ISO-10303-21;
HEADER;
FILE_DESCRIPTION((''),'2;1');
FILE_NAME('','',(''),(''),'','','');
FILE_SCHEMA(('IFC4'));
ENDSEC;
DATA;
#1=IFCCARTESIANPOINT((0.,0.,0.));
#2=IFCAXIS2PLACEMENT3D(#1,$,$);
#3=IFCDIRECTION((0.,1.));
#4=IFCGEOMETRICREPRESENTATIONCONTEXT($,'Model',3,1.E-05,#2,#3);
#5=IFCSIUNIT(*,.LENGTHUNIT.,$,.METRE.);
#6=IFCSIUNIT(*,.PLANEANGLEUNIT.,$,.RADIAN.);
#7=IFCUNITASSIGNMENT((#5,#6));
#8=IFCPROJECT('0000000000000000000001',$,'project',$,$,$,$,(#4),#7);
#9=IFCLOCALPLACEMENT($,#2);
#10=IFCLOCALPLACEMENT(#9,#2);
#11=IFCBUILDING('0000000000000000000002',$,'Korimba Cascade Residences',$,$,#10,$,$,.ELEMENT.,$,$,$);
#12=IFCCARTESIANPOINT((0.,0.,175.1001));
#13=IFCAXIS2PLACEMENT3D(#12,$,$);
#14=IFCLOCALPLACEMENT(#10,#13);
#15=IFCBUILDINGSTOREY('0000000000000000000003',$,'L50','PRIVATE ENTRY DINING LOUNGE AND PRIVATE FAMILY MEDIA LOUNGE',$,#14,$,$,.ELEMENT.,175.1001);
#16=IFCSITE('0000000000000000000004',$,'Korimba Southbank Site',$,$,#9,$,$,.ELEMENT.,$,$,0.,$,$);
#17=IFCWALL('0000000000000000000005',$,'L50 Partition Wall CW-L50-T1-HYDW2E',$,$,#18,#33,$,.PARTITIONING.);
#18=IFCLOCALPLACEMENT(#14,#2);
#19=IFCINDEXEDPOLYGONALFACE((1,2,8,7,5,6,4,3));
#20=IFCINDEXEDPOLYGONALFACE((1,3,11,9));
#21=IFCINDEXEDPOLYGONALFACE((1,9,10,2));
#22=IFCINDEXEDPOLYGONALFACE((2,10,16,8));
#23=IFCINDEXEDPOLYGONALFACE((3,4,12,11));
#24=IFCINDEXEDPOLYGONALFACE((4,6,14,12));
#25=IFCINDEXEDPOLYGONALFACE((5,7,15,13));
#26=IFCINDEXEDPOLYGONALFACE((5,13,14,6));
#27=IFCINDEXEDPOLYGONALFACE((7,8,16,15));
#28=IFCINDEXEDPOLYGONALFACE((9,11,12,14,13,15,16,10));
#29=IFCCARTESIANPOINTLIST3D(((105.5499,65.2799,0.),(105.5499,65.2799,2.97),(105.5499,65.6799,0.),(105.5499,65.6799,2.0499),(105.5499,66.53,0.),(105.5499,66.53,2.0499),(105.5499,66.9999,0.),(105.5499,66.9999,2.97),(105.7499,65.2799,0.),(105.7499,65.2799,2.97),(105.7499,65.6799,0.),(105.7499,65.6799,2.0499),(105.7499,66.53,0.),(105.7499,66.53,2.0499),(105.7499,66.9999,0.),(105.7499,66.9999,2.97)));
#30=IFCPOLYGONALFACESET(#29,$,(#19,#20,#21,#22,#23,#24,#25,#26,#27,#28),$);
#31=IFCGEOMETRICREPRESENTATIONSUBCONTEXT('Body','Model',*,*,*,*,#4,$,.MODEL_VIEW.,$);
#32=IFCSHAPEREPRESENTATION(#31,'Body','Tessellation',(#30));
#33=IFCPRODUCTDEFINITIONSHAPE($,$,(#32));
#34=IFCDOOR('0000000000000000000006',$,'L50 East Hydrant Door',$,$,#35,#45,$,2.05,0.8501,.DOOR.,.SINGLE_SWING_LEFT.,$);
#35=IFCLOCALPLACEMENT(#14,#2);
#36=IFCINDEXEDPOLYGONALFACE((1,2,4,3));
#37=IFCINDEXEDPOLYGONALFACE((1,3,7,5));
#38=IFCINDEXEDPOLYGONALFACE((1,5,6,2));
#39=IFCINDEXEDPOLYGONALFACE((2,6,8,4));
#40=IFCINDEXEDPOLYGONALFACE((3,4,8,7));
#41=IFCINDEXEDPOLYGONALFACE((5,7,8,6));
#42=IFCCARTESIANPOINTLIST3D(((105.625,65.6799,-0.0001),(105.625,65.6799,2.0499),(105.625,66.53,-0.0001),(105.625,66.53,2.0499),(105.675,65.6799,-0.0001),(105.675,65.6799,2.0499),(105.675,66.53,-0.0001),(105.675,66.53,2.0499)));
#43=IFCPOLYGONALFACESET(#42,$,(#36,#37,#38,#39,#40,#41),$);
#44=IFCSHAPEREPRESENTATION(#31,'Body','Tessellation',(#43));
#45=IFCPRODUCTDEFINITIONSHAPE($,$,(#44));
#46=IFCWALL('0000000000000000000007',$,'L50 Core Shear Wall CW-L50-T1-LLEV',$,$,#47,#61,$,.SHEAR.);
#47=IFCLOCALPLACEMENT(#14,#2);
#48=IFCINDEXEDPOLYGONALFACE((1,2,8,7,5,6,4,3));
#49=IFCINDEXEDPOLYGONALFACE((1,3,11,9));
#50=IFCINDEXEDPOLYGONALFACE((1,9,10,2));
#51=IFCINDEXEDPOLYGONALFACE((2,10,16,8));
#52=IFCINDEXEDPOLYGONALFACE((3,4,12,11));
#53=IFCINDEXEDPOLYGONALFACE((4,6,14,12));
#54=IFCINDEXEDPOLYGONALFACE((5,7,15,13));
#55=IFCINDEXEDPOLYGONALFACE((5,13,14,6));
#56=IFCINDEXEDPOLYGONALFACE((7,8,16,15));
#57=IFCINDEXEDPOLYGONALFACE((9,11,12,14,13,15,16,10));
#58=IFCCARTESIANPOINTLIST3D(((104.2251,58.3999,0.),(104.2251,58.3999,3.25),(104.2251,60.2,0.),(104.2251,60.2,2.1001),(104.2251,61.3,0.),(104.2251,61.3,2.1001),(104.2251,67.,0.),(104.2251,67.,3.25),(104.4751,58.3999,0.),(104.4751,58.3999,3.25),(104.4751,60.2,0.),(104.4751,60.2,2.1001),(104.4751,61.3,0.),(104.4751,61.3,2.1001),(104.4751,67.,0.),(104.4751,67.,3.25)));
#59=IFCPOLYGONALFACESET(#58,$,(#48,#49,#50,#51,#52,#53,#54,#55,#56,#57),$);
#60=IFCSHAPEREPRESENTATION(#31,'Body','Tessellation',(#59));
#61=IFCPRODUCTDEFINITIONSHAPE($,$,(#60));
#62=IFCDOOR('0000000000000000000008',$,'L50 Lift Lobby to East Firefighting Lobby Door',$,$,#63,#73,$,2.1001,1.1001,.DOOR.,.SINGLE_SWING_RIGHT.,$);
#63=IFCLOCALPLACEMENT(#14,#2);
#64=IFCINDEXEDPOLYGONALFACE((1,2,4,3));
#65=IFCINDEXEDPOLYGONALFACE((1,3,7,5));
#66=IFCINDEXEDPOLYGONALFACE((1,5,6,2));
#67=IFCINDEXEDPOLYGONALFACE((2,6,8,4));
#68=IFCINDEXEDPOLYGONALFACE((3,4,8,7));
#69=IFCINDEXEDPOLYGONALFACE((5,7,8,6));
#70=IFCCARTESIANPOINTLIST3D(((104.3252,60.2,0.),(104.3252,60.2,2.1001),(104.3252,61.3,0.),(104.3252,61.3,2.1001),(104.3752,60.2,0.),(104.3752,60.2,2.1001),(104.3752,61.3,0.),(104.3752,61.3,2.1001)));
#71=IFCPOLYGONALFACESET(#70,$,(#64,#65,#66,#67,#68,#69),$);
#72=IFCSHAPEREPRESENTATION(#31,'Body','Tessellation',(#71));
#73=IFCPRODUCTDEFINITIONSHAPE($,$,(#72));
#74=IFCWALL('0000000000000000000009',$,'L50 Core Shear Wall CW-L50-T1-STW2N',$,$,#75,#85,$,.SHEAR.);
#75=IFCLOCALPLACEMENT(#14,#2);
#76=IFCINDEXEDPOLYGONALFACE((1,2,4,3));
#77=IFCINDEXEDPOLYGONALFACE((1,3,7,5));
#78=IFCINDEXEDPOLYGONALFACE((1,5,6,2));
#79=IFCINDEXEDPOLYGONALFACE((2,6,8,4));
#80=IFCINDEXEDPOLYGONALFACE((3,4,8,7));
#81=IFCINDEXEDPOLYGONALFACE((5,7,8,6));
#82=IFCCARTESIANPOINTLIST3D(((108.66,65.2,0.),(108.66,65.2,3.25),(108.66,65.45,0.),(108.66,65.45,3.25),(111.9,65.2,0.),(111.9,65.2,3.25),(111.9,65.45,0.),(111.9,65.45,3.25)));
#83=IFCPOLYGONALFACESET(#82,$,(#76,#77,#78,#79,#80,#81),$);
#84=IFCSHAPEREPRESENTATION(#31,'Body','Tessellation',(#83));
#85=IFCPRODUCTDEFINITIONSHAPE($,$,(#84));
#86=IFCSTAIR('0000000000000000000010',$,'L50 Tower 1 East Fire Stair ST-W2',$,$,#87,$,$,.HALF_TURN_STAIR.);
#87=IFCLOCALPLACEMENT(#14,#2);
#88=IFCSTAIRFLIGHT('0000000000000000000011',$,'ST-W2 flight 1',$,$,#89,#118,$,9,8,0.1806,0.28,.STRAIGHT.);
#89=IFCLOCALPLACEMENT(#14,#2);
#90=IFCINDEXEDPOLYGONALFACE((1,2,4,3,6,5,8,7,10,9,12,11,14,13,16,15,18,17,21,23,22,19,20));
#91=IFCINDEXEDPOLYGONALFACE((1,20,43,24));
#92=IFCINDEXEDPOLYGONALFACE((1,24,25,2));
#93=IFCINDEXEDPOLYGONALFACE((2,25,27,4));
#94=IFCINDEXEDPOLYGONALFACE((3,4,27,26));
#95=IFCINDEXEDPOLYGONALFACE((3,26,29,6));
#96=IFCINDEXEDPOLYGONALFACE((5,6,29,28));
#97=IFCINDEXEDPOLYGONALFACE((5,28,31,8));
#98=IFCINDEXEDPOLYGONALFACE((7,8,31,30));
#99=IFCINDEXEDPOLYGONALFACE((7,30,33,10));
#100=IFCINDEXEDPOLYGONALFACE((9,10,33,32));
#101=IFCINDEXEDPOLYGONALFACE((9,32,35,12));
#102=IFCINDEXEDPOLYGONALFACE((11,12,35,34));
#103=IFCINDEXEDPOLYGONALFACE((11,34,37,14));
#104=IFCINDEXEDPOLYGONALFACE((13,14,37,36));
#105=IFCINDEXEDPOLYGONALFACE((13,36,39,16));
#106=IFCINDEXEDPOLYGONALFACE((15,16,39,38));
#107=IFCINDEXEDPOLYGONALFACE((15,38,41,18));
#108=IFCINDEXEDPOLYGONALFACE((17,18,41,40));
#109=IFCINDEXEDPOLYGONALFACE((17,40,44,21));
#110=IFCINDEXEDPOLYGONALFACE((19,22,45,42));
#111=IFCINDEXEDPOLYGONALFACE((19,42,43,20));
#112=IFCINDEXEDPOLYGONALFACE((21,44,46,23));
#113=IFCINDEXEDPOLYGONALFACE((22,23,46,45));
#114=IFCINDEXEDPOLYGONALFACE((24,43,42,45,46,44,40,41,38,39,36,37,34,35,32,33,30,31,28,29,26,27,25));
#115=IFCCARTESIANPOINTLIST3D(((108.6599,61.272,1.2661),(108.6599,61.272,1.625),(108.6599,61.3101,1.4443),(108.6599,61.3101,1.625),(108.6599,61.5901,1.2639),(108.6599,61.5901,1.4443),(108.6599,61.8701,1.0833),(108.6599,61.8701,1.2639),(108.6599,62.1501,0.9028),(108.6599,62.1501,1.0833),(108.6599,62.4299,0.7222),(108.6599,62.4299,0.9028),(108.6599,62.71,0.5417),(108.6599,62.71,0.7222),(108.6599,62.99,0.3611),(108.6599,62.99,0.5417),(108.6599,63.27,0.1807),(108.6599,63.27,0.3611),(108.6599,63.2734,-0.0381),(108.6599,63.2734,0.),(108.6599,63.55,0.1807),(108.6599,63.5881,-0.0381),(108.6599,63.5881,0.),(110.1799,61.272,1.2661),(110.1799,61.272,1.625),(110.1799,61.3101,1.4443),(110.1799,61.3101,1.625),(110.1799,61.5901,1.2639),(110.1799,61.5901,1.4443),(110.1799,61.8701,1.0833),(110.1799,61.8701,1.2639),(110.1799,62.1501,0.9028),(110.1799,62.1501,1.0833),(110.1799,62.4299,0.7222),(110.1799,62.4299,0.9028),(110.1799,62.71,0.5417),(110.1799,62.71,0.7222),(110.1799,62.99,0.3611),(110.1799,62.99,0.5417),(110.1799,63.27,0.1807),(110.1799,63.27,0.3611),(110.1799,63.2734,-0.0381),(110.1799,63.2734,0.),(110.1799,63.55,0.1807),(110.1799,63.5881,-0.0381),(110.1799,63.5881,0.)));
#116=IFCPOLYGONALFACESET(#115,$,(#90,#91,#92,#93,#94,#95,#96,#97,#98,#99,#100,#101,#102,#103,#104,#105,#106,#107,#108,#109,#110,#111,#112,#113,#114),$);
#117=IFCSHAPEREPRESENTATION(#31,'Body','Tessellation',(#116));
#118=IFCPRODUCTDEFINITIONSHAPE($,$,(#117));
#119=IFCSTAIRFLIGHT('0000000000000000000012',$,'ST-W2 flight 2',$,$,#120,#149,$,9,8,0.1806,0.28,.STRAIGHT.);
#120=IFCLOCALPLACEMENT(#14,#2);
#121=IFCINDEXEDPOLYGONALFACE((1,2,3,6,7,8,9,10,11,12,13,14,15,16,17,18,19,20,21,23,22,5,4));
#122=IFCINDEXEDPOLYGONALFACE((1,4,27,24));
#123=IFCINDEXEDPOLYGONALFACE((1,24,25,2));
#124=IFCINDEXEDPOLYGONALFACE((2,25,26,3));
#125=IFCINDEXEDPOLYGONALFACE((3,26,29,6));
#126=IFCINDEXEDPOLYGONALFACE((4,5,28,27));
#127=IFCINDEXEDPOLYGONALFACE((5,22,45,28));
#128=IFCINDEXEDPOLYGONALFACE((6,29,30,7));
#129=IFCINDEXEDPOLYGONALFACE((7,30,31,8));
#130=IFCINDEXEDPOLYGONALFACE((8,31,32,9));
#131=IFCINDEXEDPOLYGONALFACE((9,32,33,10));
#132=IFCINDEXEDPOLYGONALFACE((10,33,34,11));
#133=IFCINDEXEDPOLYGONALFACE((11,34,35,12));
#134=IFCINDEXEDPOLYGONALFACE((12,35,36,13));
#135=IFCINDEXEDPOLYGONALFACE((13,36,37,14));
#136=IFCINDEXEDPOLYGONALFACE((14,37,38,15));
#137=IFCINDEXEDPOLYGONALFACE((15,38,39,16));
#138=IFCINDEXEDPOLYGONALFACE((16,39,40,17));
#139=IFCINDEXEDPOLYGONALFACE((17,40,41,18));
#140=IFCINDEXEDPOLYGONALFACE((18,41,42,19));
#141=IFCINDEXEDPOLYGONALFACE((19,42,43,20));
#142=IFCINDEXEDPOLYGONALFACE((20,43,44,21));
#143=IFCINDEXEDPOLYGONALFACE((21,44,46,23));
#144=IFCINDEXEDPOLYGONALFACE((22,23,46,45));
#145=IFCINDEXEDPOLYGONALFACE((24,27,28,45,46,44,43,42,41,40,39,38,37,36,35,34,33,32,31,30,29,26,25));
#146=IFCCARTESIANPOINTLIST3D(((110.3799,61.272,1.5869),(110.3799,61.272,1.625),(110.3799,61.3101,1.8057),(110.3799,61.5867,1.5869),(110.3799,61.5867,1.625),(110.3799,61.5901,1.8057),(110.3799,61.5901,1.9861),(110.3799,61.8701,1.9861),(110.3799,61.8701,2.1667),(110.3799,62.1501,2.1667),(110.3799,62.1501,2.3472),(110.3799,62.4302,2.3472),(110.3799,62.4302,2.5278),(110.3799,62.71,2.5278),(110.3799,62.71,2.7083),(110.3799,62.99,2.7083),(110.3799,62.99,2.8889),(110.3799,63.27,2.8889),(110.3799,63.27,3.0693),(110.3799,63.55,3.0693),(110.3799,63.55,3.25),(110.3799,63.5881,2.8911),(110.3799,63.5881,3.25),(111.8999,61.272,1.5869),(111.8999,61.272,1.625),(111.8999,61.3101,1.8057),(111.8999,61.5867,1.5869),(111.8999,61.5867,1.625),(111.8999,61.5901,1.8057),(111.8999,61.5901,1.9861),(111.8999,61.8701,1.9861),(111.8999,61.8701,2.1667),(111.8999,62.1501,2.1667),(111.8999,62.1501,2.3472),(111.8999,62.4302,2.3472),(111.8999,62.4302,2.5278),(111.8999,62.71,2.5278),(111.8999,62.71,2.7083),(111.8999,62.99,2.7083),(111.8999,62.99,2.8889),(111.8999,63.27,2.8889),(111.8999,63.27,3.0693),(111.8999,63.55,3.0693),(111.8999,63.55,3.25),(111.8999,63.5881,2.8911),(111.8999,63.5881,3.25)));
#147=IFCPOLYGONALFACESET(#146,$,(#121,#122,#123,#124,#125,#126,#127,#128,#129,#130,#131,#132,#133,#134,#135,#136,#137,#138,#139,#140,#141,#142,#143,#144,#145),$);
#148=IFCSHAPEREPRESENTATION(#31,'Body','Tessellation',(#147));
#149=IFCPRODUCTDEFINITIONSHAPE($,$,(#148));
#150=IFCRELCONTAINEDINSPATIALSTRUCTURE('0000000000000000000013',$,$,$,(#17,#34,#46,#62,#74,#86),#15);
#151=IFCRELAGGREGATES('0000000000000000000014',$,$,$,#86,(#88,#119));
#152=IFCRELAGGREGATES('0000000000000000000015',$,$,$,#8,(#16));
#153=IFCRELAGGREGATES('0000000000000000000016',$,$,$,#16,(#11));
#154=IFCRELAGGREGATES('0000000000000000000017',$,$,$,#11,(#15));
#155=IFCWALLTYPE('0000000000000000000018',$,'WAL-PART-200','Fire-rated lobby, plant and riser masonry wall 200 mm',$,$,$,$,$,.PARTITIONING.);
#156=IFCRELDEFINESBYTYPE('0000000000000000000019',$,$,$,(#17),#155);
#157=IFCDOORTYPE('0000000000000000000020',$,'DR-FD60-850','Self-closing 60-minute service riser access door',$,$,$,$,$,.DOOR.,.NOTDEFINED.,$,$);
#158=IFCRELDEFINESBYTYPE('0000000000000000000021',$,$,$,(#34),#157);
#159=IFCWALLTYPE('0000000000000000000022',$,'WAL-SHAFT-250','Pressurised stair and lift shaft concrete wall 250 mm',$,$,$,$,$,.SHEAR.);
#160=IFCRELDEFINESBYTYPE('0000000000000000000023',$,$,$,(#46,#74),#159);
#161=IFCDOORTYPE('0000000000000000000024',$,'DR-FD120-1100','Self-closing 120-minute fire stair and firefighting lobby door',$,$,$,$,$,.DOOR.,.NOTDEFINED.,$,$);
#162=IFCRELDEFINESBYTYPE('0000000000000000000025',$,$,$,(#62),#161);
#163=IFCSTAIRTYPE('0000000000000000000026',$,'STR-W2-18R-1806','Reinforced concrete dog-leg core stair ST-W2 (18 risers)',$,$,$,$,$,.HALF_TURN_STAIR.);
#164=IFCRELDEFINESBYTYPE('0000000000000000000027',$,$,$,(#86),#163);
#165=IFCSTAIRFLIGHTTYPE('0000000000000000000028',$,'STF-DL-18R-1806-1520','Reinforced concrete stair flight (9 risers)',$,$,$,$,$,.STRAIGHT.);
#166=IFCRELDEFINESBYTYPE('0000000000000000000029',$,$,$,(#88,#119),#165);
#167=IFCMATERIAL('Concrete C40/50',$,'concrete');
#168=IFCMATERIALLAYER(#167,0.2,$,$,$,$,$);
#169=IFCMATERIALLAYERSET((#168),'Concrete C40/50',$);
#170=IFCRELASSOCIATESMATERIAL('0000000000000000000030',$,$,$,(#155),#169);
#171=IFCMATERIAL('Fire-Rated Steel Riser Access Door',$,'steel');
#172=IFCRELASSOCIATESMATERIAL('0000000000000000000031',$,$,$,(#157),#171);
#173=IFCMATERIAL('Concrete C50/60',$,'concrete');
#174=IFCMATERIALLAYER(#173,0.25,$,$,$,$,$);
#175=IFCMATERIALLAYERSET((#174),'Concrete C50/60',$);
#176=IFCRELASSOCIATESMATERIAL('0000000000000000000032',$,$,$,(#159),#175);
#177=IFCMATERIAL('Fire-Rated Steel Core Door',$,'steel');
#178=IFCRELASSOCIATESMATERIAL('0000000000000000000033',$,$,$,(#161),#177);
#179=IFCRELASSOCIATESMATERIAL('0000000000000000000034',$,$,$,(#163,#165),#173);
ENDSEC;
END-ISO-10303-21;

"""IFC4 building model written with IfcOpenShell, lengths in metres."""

from ifc_helpers import new_model, si_unit, direction, frame, frame_2d, origin, place, context, subcontext, project, spatial, polyline, rectangle, outline, extrude, material, layer, layer_set, type_object, element, fill, aggregate, save


model = new_model("IFC4")

# Units and contexts
model_context = context("Model", 3, precision=1e-05, world=origin(), true_north=direction((0.0, 1.0)))
body_context = subcontext(model_context, "Body", "Model", "MODEL_VIEW")
ifc_project = project(units=[si_unit("LENGTHUNIT", "METRE"), si_unit("PLANEANGLEUNIT", "RADIAN")], contexts=[model_context])

# Site, building, storey
site_placement = place(None, origin())
site = spatial("IfcSite", under=ifc_project, at=site_placement, Name="Korimba Southbank Site", CompositionType="ELEMENT", RefElevation=0.0)
building_placement = place(site_placement, origin())
building = spatial("IfcBuilding", under=site, at=building_placement, Name="Korimba Cascade Residences", CompositionType="ELEMENT")
storey_placement = place(building_placement, frame((0.0, 0.0, 175.1001)))
storey = spatial("IfcBuildingStorey", under=building, at=storey_placement, Name="L50", Description="PRIVATE ENTRY DINING LOUNGE AND PRIVATE FAMILY MEDIA LOUNGE", CompositionType="ELEMENT", Elevation=175.1001)

# Shared definitions
ifc_material_1 = material(Name="Concrete C40/50", Category="concrete")
ifc_layer_1 = layer(ifc_material_1, 0.2)
ifc_layer_set_1 = layer_set([ifc_layer_1], Name="Concrete C40/50")
wall_type_1 = type_object("IfcWallType", Name="WAL-PART-200", Description="Fire-rated lobby, plant and riser masonry wall 200 mm", PredefinedType="PARTITIONING", material=ifc_layer_set_1)

# Wall, opening, door
wall_1_placement = place(storey_placement, frame((105.6499, 65.28, 0.0), z_axis=(0.0, 0.0, 1.0), x_axis=(0.0, 1.0, 0.0)))
wall_1 = element("IfcWall", 1, at=wall_1_placement, inside=storey, type_object=wall_type_1, Name="L50 Partition Wall CW-L50-T1-HYDW2E", PredefinedType="PARTITIONING", context=body_context, shape_type="SweptSolid", body=[
    extrude(rectangle(XDim=1.72, YDim=0.2, at=frame_2d((0.8599, 0.0))), origin(), (0.0, 0.0, 1.0), 2.97),
])
opening_1_placement = place(wall_1_placement, frame((0.3999, 0.0, 0.0)))
opening_1 = element("IfcOpeningElement", 2, at=opening_1_placement, cuts=wall_1, PredefinedType="OPENING", context=body_context, shape_type="SweptSolid", body=[
    extrude(rectangle(XDim=0.8501, YDim=2.05, at=frame_2d((0.425, 1.0249))), frame((0.0, 0.1099, 0.0), z_axis=(0.0, -1.0, 0.0), x_axis=(1.0, 0.0, 0.0)), (0.0, 0.0, 1.0), 0.22),
])
ifc_material_2 = material(Name="Fire-Rated Steel Riser Access Door", Category="steel")
door_type_1 = type_object("IfcDoorType", Name="DR-FD60-850", Description="Self-closing 60-minute service riser access door", OperationType="NOTDEFINED", PredefinedType="DOOR", material=ifc_material_2)
door_1_placement = place(opening_1_placement, origin())
door_1 = element("IfcDoor", 3, at=door_1_placement, inside=storey, type_object=door_type_1, Name="L50 East Hydrant Door", OperationType="SINGLE_SWING_LEFT", OverallHeight=2.05, OverallWidth=0.8501, PredefinedType="DOOR", context=body_context, shape_type="SweptSolid", body=[
    extrude(rectangle(XDim=0.8501, YDim=2.05, at=frame_2d((0.425, 1.0249))), frame((0.0, 0.0249, 0.0), z_axis=(0.0, -1.0, 0.0), x_axis=(1.0, 0.0, 0.0)), (0.0, 0.0, 1.0), 0.05),
])
fill(opening_1, door_1)

# Shared definitions
ifc_material_3 = material(Name="Concrete C50/60", Category="concrete")
ifc_layer_2 = layer(ifc_material_3, 0.25)
ifc_layer_set_2 = layer_set([ifc_layer_2], Name="Concrete C50/60")
wall_type_2 = type_object("IfcWallType", Name="WAL-SHAFT-250", Description="Pressurised stair and lift shaft concrete wall 250 mm", PredefinedType="SHEAR", material=ifc_layer_set_2)

# Wall, opening, door
wall_2_placement = place(storey_placement, frame((104.3501, 58.3999, 0.0), z_axis=(0.0, 0.0, 1.0), x_axis=(0.0, 1.0, 0.0)))
wall_2 = element("IfcWall", 4, at=wall_2_placement, inside=storey, type_object=wall_type_2, Name="L50 Core Shear Wall CW-L50-T1-LLEV", PredefinedType="SHEAR", context=body_context, shape_type="SweptSolid", body=[
    extrude(rectangle(XDim=8.6001, YDim=0.25, at=frame_2d((4.3, 0.0))), origin(), (0.0, 0.0, 1.0), 3.25),
])
opening_2_placement = place(wall_2_placement, frame((1.8, 0.0, 0.0)))
opening_2 = element("IfcOpeningElement", 5, at=opening_2_placement, cuts=wall_2, PredefinedType="OPENING", context=body_context, shape_type="SweptSolid", body=[
    extrude(rectangle(XDim=1.1001, YDim=2.1001, at=frame_2d((0.55, 1.05))), frame((0.0, 0.135, 0.0), z_axis=(0.0, -1.0, 0.0), x_axis=(1.0, 0.0, 0.0)), (0.0, 0.0, 1.0), 0.27),
])
ifc_material_4 = material(Name="Fire-Rated Steel Core Door", Category="steel")
door_type_2 = type_object("IfcDoorType", Name="DR-FD120-1100", Description="Self-closing 120-minute fire stair and firefighting lobby door", OperationType="NOTDEFINED", PredefinedType="DOOR", material=ifc_material_4)
door_2_placement = place(opening_2_placement, origin())
door_2 = element("IfcDoor", 6, at=door_2_placement, inside=storey, type_object=door_type_2, Name="L50 Lift Lobby to East Firefighting Lobby Door", OperationType="SINGLE_SWING_RIGHT", OverallHeight=2.1001, OverallWidth=1.1001, PredefinedType="DOOR", context=body_context, shape_type="SweptSolid", body=[
    extrude(rectangle(XDim=1.1001, YDim=2.1001, at=frame_2d((0.55, 1.05))), frame((0.0, 0.0249, 0.0), z_axis=(0.0, -1.0, 0.0), x_axis=(1.0, 0.0, 0.0)), (0.0, 0.0, 1.0), 0.05),
])
fill(opening_2, door_2)

# Wall
wall_3_placement = place(storey_placement, frame((108.6599, 65.325, 0.0), z_axis=(0.0, 0.0, 1.0), x_axis=(1.0, 0.0, 0.0)))
element("IfcWall", 7, at=wall_3_placement, inside=storey, type_object=wall_type_2, Name="L50 Core Shear Wall CW-L50-T1-STW2N", PredefinedType="SHEAR", context=body_context, shape_type="SweptSolid", body=[
    extrude(rectangle(XDim=3.24, YDim=0.25, at=frame_2d((1.6201, 0.0))), origin(), (0.0, 0.0, 1.0), 3.25),
])

# Stair, stair flights
stair_type = type_object("IfcStairType", Name="STR-W2-18R-1806", Description="Reinforced concrete dog-leg core stair ST-W2 (18 risers)", PredefinedType="HALF_TURN_STAIR", material=ifc_material_3)
stair_placement = place(storey_placement, origin())
stair = element("IfcStair", 8, at=stair_placement, inside=storey, type_object=stair_type, Name="L50 Tower 1 East Fire Stair ST-W2", PredefinedType="HALF_TURN_STAIR")
stair_flight_type = type_object("IfcStairFlightType", Name="STF-DL-18R-1806-1520", Description="Reinforced concrete stair flight (9 risers)", PredefinedType="STRAIGHT", material=ifc_material_3)
stair_flight_1_placement = place(storey_placement, frame((109.4199, 63.55, 0.0), z_axis=(0.0, 0.0, 1.0), x_axis=(0.0, -1.0, 0.0)))
stair_flight_1 = element("IfcStairFlight", 9, at=stair_flight_1_placement, type_object=stair_flight_type, Name="ST-W2 flight 1", NumberOfRisers=9, NumberOfTreads=8, PredefinedType="STRAIGHT", RiserHeight=0.1806, TreadLength=0.28, context=body_context, shape_type="SweptSolid", body=[
    extrude(outline(polyline([(-0.0381, 0.0), (0.0, 0.1807), (0.28, 0.1807), (0.28, 0.3611), (0.5601, 0.3611), (0.5601, 0.5417), (0.8401, 0.5417), (0.8401, 0.7222), (1.1201, 0.7222), (1.1201, 0.9028), (1.3999, 0.9028), (1.3999, 1.0833), (1.6799, 1.0833), (1.6799, 1.2639), (1.96, 1.2639), (1.96, 1.4443), (2.24, 1.4443), (2.24, 1.625), (2.2781, 1.625), (2.2781, 1.2661), (0.2766, 0.0), (0.2766, -0.0381), (-0.0381, -0.0381), (-0.0381, 0.0)])), frame((0.0, 0.76, 0.0), z_axis=(0.0, -1.0, 0.0), x_axis=(1.0, 0.0, 0.0)), (0.0, 0.0, 1.0), 1.52),
])
stair_flight_2_placement = place(storey_placement, frame((111.1399, 61.3101, 1.625), z_axis=(0.0, 0.0, 1.0), x_axis=(0.0, 1.0, 0.0)))
stair_flight_2 = element("IfcStairFlight", 10, at=stair_flight_2_placement, type_object=stair_flight_type, Name="ST-W2 flight 2", NumberOfRisers=9, NumberOfTreads=8, PredefinedType="STRAIGHT", RiserHeight=0.1806, TreadLength=0.28, context=body_context, shape_type="SweptSolid", body=[
    extrude(outline(polyline([(-0.0381, 0.0), (0.0, 0.1807), (0.28, 0.1807), (0.28, 0.3611), (0.5601, 0.3611), (0.5601, 0.5417), (0.8401, 0.5417), (0.8401, 0.7222), (1.1201, 0.7222), (1.1201, 0.9028), (1.3999, 0.9028), (1.3999, 1.0833), (1.6799, 1.0833), (1.6799, 1.2639), (1.96, 1.2639), (1.96, 1.4443), (2.24, 1.4443), (2.24, 1.625), (2.2781, 1.625), (2.2781, 1.2661), (0.2766, 0.0), (0.2766, -0.0381), (-0.0381, -0.0381), (-0.0381, 0.0)])), frame((0.0, 0.76, 0.0), z_axis=(0.0, -1.0, 0.0), x_axis=(1.0, 0.0, 0.0)), (0.0, 0.0, 1.0), 1.52),
])
aggregate(stair, [stair_flight_1, stair_flight_2])

save(model, "model.ifc")
